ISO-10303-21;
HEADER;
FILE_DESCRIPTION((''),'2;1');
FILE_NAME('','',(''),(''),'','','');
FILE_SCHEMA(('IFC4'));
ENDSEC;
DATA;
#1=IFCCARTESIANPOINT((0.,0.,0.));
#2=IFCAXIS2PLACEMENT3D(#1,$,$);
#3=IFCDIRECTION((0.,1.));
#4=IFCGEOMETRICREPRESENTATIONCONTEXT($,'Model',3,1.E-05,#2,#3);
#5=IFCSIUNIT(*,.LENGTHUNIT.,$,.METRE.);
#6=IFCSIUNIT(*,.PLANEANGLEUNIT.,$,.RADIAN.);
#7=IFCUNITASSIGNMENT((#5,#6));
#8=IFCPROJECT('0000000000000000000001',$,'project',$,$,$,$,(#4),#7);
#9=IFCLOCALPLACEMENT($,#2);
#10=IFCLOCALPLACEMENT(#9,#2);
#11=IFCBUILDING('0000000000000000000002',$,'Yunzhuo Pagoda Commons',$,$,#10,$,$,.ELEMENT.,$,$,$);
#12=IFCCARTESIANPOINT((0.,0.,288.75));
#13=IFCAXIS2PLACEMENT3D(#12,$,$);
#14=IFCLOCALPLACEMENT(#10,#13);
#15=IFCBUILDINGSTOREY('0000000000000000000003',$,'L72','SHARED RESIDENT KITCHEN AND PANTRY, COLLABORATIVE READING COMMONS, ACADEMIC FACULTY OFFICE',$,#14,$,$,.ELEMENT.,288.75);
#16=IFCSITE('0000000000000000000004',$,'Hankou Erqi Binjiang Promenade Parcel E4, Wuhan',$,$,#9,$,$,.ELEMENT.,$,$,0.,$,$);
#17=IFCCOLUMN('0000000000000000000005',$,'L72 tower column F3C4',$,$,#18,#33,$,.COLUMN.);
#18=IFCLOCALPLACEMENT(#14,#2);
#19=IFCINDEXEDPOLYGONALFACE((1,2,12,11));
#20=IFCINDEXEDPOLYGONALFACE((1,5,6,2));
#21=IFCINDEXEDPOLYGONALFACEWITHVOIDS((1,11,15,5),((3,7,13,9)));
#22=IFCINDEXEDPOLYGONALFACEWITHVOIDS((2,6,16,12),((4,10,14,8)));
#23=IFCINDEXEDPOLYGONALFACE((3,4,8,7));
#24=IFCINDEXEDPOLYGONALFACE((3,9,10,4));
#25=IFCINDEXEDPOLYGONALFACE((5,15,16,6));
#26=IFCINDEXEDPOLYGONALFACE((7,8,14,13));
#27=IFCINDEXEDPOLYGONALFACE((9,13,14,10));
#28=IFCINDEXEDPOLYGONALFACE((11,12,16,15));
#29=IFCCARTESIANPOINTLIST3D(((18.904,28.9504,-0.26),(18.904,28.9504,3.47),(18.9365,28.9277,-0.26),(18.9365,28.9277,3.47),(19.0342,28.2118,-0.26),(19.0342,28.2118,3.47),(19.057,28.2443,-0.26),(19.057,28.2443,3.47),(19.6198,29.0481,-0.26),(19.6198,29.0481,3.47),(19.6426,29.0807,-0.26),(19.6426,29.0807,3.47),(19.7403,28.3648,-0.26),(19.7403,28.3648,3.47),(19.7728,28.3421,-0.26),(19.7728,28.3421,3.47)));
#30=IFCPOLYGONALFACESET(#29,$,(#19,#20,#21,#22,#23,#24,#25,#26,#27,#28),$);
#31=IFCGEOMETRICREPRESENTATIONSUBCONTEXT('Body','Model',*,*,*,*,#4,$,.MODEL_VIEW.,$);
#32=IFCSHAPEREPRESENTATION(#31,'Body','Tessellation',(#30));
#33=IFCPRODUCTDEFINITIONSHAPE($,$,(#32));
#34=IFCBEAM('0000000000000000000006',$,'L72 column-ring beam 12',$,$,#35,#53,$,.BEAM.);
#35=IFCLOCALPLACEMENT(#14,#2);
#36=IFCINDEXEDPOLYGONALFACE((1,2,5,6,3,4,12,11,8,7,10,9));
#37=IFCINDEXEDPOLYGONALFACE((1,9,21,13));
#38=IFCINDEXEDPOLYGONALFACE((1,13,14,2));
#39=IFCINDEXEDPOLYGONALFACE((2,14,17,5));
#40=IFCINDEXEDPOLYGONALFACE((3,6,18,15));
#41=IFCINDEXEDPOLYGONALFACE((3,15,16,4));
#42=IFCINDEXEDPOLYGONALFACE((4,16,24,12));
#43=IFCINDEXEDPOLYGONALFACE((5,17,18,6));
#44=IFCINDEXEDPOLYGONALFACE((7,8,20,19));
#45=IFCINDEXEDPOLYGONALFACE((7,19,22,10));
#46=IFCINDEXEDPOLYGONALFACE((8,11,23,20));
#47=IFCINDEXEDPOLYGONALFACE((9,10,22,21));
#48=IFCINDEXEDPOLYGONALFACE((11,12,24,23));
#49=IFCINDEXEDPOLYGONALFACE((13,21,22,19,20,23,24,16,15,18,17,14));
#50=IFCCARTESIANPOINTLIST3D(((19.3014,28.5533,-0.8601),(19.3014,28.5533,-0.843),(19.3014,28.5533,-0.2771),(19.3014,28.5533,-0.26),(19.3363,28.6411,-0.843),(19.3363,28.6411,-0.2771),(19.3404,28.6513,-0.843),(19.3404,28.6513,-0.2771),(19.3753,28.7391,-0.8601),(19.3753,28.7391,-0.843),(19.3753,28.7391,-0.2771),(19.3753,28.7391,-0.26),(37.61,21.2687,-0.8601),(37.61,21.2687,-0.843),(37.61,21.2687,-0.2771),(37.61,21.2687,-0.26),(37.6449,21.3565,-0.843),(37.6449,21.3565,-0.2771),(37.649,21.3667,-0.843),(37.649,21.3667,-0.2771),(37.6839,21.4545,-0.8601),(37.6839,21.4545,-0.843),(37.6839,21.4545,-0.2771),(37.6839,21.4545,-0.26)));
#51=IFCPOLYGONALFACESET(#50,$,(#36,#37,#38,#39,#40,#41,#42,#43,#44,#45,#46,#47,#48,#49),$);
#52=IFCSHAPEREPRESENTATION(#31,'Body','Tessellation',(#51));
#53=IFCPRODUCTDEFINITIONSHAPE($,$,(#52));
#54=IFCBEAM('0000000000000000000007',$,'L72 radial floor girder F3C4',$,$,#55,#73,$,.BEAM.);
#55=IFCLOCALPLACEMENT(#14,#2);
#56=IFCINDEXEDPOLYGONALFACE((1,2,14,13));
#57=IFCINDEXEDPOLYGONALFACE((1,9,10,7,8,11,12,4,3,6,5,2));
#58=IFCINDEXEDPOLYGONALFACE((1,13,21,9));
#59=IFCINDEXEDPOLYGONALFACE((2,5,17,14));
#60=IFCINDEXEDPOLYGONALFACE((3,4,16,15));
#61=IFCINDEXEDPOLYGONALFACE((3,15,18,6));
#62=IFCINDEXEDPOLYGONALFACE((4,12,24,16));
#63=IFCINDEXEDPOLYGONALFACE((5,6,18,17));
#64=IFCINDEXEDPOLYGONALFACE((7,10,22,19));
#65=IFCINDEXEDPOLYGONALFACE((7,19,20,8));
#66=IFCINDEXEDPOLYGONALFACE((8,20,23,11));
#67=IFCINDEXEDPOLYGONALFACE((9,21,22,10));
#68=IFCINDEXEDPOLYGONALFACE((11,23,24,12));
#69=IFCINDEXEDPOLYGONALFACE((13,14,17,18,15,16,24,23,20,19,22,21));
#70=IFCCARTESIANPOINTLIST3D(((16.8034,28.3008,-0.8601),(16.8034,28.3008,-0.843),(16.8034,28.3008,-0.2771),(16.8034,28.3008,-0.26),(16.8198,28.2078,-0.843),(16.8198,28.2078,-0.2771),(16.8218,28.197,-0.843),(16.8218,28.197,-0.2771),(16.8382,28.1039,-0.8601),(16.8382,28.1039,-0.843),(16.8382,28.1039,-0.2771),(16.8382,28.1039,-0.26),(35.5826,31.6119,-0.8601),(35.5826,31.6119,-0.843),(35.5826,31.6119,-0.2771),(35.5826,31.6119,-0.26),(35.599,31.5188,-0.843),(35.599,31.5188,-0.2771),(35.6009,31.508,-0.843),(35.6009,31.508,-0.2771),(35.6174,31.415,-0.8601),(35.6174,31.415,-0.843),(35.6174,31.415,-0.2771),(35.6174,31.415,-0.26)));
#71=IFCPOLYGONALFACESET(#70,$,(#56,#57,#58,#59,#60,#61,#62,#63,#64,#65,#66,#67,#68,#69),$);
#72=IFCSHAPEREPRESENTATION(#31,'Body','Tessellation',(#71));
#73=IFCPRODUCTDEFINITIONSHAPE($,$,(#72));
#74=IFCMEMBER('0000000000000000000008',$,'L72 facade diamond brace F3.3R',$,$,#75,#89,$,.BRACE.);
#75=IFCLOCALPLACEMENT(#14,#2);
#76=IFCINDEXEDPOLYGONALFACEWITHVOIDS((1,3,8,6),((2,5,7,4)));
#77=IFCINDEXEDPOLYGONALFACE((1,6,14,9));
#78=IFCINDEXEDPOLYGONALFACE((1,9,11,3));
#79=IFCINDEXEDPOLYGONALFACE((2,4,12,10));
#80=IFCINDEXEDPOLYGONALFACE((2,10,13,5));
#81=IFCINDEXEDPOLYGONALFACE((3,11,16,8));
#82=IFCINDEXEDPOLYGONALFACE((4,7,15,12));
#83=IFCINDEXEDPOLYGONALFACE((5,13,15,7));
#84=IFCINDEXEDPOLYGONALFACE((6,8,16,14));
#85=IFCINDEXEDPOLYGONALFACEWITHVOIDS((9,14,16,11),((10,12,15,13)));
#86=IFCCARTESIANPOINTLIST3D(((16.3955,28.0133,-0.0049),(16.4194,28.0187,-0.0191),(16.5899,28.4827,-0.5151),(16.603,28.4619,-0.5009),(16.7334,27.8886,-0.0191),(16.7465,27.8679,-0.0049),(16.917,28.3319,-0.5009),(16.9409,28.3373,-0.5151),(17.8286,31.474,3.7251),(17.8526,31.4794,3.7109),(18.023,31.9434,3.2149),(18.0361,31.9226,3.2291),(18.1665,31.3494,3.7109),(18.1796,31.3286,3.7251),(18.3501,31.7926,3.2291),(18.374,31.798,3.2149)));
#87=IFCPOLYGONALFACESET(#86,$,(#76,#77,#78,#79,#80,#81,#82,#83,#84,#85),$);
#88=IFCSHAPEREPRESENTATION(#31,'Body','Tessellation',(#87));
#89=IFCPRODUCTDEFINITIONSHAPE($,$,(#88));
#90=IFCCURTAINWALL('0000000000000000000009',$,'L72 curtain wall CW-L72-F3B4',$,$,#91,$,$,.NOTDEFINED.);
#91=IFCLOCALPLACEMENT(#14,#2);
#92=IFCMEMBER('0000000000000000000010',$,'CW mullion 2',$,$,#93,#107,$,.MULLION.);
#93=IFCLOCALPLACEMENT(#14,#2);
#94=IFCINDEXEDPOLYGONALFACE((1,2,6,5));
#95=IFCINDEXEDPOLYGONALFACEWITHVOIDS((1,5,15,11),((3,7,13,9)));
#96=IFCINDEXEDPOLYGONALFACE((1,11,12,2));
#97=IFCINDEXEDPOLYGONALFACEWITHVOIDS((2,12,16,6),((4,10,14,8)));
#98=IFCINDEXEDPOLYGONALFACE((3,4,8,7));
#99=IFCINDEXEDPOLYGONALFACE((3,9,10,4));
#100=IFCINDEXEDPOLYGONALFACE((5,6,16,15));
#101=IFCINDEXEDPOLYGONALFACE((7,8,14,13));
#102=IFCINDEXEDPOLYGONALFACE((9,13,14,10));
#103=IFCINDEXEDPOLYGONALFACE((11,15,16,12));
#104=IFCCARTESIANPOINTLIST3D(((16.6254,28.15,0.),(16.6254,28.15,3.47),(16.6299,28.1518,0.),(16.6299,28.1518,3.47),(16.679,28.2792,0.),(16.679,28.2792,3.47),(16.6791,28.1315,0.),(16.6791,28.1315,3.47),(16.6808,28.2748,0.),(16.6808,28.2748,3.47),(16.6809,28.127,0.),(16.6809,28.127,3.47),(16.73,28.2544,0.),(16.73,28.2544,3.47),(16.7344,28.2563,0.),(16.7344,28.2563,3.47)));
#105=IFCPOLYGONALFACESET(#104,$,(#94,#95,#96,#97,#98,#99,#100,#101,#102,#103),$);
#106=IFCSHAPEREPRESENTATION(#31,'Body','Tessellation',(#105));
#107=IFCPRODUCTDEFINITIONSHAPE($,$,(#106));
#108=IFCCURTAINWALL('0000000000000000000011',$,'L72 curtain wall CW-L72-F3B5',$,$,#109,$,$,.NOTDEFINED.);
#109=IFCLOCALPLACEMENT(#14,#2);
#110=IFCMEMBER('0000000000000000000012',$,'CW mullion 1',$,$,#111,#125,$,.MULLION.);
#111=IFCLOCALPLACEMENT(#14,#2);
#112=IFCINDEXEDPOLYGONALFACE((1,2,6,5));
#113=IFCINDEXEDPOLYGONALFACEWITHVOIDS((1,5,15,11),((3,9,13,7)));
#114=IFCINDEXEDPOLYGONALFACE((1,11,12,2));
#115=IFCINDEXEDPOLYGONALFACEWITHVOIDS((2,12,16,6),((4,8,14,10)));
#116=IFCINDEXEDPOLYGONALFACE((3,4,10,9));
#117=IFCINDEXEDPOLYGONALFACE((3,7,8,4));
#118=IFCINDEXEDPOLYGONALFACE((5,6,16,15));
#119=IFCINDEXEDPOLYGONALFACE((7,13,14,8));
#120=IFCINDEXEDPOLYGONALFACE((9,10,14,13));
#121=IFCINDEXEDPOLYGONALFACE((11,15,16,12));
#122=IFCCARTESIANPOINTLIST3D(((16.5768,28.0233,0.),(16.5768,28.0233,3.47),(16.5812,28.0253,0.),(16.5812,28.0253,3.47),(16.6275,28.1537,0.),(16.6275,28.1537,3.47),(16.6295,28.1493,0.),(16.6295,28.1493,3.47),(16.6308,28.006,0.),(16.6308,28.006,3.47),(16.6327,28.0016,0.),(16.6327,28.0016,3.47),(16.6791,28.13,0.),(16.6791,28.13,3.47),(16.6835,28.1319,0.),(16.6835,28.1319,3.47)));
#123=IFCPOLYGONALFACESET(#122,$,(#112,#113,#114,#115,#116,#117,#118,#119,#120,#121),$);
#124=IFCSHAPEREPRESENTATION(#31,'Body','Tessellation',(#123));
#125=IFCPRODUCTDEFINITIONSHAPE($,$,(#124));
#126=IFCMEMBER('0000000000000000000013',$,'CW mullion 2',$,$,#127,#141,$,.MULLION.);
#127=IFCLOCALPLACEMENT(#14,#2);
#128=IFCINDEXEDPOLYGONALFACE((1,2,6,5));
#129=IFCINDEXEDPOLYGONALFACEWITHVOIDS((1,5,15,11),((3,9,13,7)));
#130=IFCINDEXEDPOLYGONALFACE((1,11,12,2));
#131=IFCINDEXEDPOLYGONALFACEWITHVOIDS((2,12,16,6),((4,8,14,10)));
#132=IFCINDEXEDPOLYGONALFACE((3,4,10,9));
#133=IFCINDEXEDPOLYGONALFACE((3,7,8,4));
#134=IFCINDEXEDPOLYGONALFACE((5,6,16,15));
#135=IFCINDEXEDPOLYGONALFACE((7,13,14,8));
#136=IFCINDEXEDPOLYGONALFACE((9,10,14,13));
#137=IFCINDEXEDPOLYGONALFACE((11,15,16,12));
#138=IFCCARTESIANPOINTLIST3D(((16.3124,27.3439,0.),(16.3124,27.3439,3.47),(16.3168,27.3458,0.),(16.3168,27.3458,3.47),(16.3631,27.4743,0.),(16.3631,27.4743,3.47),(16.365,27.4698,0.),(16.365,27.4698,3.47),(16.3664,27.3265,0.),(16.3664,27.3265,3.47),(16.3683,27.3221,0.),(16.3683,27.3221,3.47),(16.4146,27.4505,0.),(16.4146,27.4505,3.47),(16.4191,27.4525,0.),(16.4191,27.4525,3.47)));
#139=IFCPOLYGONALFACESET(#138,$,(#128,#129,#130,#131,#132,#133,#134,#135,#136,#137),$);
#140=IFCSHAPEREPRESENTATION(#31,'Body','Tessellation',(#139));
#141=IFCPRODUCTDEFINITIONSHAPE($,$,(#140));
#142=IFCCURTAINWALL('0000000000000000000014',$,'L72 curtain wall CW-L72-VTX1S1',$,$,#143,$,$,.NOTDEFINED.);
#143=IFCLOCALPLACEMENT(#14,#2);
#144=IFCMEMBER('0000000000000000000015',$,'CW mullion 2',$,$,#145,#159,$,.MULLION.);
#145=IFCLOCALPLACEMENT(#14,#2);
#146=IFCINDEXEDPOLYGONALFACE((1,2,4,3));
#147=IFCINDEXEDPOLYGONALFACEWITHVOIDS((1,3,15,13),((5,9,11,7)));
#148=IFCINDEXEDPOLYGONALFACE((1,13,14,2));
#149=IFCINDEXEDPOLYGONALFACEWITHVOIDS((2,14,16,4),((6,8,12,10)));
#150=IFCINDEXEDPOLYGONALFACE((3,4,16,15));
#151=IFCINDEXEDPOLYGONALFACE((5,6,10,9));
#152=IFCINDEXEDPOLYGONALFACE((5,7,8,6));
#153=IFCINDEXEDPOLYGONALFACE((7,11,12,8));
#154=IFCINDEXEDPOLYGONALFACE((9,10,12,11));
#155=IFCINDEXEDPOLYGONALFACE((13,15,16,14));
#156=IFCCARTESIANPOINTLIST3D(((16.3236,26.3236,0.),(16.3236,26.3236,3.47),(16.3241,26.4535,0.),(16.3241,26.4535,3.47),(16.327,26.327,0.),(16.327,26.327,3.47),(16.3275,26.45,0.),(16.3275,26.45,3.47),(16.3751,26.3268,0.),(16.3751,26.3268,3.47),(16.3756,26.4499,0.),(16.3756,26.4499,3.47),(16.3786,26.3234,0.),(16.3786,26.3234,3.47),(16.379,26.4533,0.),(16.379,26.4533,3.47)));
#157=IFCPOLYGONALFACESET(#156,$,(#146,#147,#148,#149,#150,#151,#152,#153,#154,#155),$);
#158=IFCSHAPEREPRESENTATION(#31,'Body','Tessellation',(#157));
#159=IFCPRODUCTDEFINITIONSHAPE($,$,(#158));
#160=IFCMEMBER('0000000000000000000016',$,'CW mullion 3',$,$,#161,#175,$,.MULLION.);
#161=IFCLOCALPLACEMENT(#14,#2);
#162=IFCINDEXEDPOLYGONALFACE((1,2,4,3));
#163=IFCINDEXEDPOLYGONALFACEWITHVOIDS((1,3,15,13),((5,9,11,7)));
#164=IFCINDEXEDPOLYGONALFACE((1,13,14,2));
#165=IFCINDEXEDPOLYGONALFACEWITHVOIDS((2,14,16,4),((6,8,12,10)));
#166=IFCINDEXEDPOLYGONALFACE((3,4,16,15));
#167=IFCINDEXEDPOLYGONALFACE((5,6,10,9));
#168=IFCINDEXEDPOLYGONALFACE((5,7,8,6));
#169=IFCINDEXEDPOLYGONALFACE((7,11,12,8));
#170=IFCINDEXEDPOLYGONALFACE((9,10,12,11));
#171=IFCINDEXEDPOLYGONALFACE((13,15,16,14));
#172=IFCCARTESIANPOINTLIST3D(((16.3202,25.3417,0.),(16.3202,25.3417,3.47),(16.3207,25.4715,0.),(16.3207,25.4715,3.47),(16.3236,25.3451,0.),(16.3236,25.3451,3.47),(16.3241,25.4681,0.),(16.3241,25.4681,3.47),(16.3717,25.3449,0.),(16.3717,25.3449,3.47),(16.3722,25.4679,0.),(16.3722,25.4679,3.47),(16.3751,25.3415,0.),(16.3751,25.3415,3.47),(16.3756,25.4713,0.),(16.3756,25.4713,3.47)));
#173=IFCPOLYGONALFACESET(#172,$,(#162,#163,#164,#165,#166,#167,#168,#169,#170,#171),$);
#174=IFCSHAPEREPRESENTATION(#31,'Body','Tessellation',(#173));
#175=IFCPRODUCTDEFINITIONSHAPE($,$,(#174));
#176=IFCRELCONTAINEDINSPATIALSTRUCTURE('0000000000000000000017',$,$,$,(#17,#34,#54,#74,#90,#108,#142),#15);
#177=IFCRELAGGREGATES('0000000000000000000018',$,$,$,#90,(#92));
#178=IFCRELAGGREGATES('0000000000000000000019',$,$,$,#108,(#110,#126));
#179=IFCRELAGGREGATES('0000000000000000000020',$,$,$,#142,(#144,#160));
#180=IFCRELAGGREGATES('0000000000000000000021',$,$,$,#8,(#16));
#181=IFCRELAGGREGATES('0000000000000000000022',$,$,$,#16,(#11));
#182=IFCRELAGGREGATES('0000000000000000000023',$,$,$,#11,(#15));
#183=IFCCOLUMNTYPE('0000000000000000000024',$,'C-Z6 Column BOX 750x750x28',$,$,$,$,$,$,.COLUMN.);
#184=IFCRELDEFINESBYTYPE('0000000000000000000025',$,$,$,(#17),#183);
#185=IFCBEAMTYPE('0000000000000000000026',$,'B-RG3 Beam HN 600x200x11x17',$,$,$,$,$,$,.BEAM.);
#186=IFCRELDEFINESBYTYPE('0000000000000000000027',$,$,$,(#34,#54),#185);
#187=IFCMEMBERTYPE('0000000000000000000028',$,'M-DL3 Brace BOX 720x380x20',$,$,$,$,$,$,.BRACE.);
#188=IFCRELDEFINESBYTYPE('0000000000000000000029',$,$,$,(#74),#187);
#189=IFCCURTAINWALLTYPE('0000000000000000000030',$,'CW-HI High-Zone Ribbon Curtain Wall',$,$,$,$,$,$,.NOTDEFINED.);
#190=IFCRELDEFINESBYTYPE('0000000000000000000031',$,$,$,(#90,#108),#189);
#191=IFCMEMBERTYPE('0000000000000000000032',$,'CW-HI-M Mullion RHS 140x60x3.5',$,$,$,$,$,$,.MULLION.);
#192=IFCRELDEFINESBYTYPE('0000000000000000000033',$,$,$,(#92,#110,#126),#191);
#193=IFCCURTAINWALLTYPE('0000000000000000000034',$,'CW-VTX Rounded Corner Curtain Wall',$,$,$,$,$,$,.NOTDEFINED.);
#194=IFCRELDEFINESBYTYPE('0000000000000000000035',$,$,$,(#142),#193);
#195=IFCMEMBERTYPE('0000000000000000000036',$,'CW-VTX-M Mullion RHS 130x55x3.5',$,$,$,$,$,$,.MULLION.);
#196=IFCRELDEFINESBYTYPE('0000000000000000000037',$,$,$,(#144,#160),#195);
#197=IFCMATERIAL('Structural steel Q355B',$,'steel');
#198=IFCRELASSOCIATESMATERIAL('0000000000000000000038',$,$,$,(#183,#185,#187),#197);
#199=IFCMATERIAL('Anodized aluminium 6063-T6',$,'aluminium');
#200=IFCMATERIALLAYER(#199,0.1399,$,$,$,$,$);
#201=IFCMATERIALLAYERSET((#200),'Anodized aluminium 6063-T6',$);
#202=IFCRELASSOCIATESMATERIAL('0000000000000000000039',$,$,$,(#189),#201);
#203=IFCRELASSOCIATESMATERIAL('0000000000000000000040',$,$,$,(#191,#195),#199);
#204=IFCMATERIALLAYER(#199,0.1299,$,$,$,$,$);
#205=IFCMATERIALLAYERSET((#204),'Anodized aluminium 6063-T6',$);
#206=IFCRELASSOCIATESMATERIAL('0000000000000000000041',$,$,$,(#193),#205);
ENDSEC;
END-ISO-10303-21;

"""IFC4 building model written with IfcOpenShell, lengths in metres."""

from ifc_helpers import new_model, si_unit, direction, frame, origin, origin_2d, place, context, subcontext, project, spatial, hollow_rectangle, i_section, extrude, source, transform, mapped, material, layer, layer_set, material_profile, profile_set, type_object, element, aggregate, save


model = new_model("IFC4")

# Units and contexts
model_context = context("Model", 3, precision=1e-05, world=origin(), true_north=direction((0.0, 1.0)))
body_context = subcontext(model_context, "Body", "Model", "MODEL_VIEW")
ifc_project = project(units=[si_unit("LENGTHUNIT", "METRE"), si_unit("PLANEANGLEUNIT", "RADIAN")], contexts=[model_context])

# Site, building, storey
site_placement = place(None, origin())
site = spatial("IfcSite", under=ifc_project, at=site_placement, Name="Hankou Erqi Binjiang Promenade Parcel E4, Wuhan", CompositionType="ELEMENT", RefElevation=0.0)
building_placement = place(site_placement, origin())
building = spatial("IfcBuilding", under=site, at=building_placement, Name="Yunzhuo Pagoda Commons", CompositionType="ELEMENT")
storey_placement = place(building_placement, frame((0.0, 0.0, 288.75)))
storey = spatial("IfcBuildingStorey", under=building, at=storey_placement, Name="L72", Description="SHARED RESIDENT KITCHEN AND PANTRY, COLLABORATIVE READING COMMONS, ACADEMIC FACULTY OFFICE", CompositionType="ELEMENT", Elevation=288.75)

# Column
ifc_material_1 = material(Name="Structural steel Q355B", Category="steel")
ifc_material_profile_1 = material_profile(ifc_material_1, hollow_rectangle(XDim=0.75, YDim=0.75, WallThickness=0.0281, at=origin_2d()), Name="Structural steel Q355B")
ifc_profile_set_1 = profile_set([ifc_material_profile_1], Name="Structural steel Q355B")
column_type = type_object("IfcColumnType", Name="C-Z6 Column BOX 750x750x28", PredefinedType="COLUMN", material=ifc_profile_set_1)
shared_shape_1 = source(origin(), body_context, "Body", "SweptSolid", [
    extrude(hollow_rectangle(XDim=0.75, YDim=0.75, WallThickness=0.0281, at=origin_2d()), origin(), (0.0, 0.0, 1.0), 3.73),
])
column_placement = place(storey_placement, frame((19.3384, 28.6462, -0.26), z_axis=(0.0, 0.0, 1.0), x_axis=(0.173648, -0.984808, 0.0)))
element("IfcColumn", 1, at=column_placement, inside=storey, type_object=column_type, Name="L72 tower column F3C4", PredefinedType="COLUMN", context=body_context, shape_type="MappedRepresentation", body=[
    mapped(shared_shape_1, transform((0.0, 0.0, 0.0), scale=1.0)),
])

# Beams
ifc_material_profile_2 = material_profile(ifc_material_1, i_section(OverallWidth=0.2, OverallDepth=0.6001, WebThickness=0.011, FlangeThickness=0.0171, at=origin_2d()), Name="Structural steel Q355B")
ifc_profile_set_2 = profile_set([ifc_material_profile_2], Name="Structural steel Q355B")
beam_type = type_object("IfcBeamType", Name="B-RG3 Beam HN 600x200x11x17", PredefinedType="BEAM", material=ifc_profile_set_2)
shared_shape_2 = source(origin(), body_context, "Body", "SweptSolid", [
    extrude(i_section(OverallWidth=0.2, OverallDepth=0.6001, WebThickness=0.011, FlangeThickness=0.0171, at=origin_2d()), origin(), (0.0, 0.0, 1.0), 19.7046),
])
beam_1_placement = place(storey_placement, frame((19.3384, 28.6462, -0.5601), z_axis=(0.929154, -0.369694, 0.0), x_axis=(0.369694, 0.929154, 0.0)))
element("IfcBeam", 2, at=beam_1_placement, inside=storey, type_object=beam_type, Name="L72 column-ring beam 12", PredefinedType="BEAM", context=body_context, shape_type="MappedRepresentation", body=[
    mapped(shared_shape_2, transform((0.0, 0.0, 0.0), scale=1.0)),
])
shared_shape_3 = source(origin(), body_context, "Body", "SweptSolid", [
    extrude(i_section(OverallWidth=0.2, OverallDepth=0.6001, WebThickness=0.011, FlangeThickness=0.0171, at=origin_2d()), origin(), (0.0, 0.0, 1.0), 19.0688),
])
beam_2_placement = place(storey_placement, frame((16.8208, 28.2024, -0.5601), z_axis=(0.98481, 0.173635, 0.0), x_axis=(-0.173635, 0.98481, 0.0)))
element("IfcBeam", 3, at=beam_2_placement, inside=storey, type_object=beam_type, Name="L72 radial floor girder F3C4", PredefinedType="BEAM", context=body_context, shape_type="MappedRepresentation", body=[
    mapped(shared_shape_3, transform((0.0, 0.0, 0.0), scale=1.0)),
])

# Member
ifc_material_profile_3 = material_profile(ifc_material_1, hollow_rectangle(XDim=0.3799, YDim=0.72, WallThickness=0.02, at=origin_2d()), Name="Structural steel Q355B")
ifc_profile_set_3 = profile_set([ifc_material_profile_3], Name="Structural steel Q355B")
member_type_1 = type_object("IfcMemberType", Name="M-DL3 Brace BOX 720x380x20", PredefinedType="BRACE", material=ifc_profile_set_3)
shared_shape_4 = source(origin(), body_context, "Body", "SweptSolid", [
    extrude(hollow_rectangle(XDim=0.3799, YDim=0.72, WallThickness=0.02, at=origin_2d()), origin(), (0.0, 0.0, 1.0), 5.2861),
])
member_1_placement = place(storey_placement, frame((16.6682, 28.1753, -0.26), z_axis=(0.271108, 0.654677, 0.705619), x_axis=(-0.923914, 0.382601, 0.0)))
element("IfcMember", 4, at=member_1_placement, inside=storey, type_object=member_type_1, Name="L72 facade diamond brace F3.3R", PredefinedType="BRACE", context=body_context, shape_type="MappedRepresentation", body=[
    mapped(shared_shape_4, transform((0.0, 0.0, 0.0), scale=1.0)),
])

# Curtain wall, member
ifc_material_2 = material(Name="Anodized aluminium 6063-T6", Category="aluminium")
ifc_layer_1 = layer(ifc_material_2, 0.1399)
ifc_layer_set_1 = layer_set([ifc_layer_1], Name="Anodized aluminium 6063-T6")
curtain_wall_type_1 = type_object("IfcCurtainWallType", Name="CW-HI High-Zone Ribbon Curtain Wall", PredefinedType="NOTDEFINED", material=ifc_layer_set_1)
curtain_wall_1_placement = place(storey_placement, origin())
curtain_wall_1 = element("IfcCurtainWall", 5, at=curtain_wall_1_placement, inside=storey, type_object=curtain_wall_type_1, Name="L72 curtain wall CW-L72-F3B4", PredefinedType="NOTDEFINED")
ifc_material_profile_4 = material_profile(ifc_material_2, hollow_rectangle(XDim=0.0601, YDim=0.1399, WallThickness=0.0034, at=origin_2d()), Name="Anodized aluminium 6063-T6")
ifc_profile_set_4 = profile_set([ifc_material_profile_4], Name="Anodized aluminium 6063-T6")
member_type_2 = type_object("IfcMemberType", Name="CW-HI-M Mullion RHS 140x60x3.5", PredefinedType="MULLION", material=ifc_profile_set_4)
shared_shape_5 = source(origin(), body_context, "Body", "SweptSolid", [
    extrude(hollow_rectangle(XDim=0.0601, YDim=0.1399, WallThickness=0.0034, at=origin_2d()), origin(), (0.0, 0.0, 1.0), 3.47),
])
member_2_placement = place(storey_placement, frame((16.6799, 28.2031, 0.0), z_axis=(0.0, 0.0, 1.0), x_axis=(0.923899, -0.382636, 0.0)))
member_2 = element("IfcMember", 6, at=member_2_placement, type_object=member_type_2, Name="CW mullion 2", PredefinedType="MULLION", context=body_context, shape_type="MappedRepresentation", body=[
    mapped(shared_shape_5, transform((0.0, 0.0, 0.0), scale=1.0)),
])

# Curtain walls, members
curtain_wall_2_placement = place(storey_placement, origin())
curtain_wall_2 = element("IfcCurtainWall", 7, at=curtain_wall_2_placement, inside=storey, type_object=curtain_wall_type_1, Name="L72 curtain wall CW-L72-F3B5", PredefinedType="NOTDEFINED")
member_3_placement = place(storey_placement, frame((16.6301, 28.0776, 0.0), z_axis=(0.0, 0.0, 1.0), x_axis=(0.931924, -0.362654, 0.0)))
member_3 = element("IfcMember", 8, at=member_3_placement, type_object=member_type_2, Name="CW mullion 1", PredefinedType="MULLION", context=body_context, shape_type="MappedRepresentation", body=[
    mapped(shared_shape_5, transform((0.0, 0.0, 0.0), scale=1.0)),
])
member_4_placement = place(storey_placement, frame((16.3657, 27.3982, 0.0), z_axis=(0.0, 0.0, 1.0), x_axis=(0.931924, -0.362654, 0.0)))
member_4 = element("IfcMember", 9, at=member_4_placement, type_object=member_type_2, Name="CW mullion 2", PredefinedType="MULLION", context=body_context, shape_type="MappedRepresentation", body=[
    mapped(shared_shape_5, transform((0.0, 0.0, 0.0), scale=1.0)),
])
ifc_layer_2 = layer(ifc_material_2, 0.1299)
ifc_layer_set_2 = layer_set([ifc_layer_2], Name="Anodized aluminium 6063-T6")
curtain_wall_type_2 = type_object("IfcCurtainWallType", Name="CW-VTX Rounded Corner Curtain Wall", PredefinedType="NOTDEFINED", material=ifc_layer_set_2)
curtain_wall_3_placement = place(storey_placement, origin())
curtain_wall_3 = element("IfcCurtainWall", 10, at=curtain_wall_3_placement, inside=storey, type_object=curtain_wall_type_2, Name="L72 curtain wall CW-L72-VTX1S1", PredefinedType="NOTDEFINED")
ifc_material_profile_5 = material_profile(ifc_material_2, hollow_rectangle(XDim=0.0549, YDim=0.1299, WallThickness=0.0034, at=origin_2d()), Name="Anodized aluminium 6063-T6")
ifc_profile_set_5 = profile_set([ifc_material_profile_5], Name="Anodized aluminium 6063-T6")
member_type_3 = type_object("IfcMemberType", Name="CW-VTX-M Mullion RHS 130x55x3.5", PredefinedType="MULLION", material=ifc_profile_set_5)
shared_shape_6 = source(origin(), body_context, "Body", "SweptSolid", [
    extrude(hollow_rectangle(XDim=0.0549, YDim=0.1299, WallThickness=0.0034, at=origin_2d()), origin(), (0.0, 0.0, 1.0), 3.47),
])
member_5_placement = place(storey_placement, frame((16.3513, 26.3884, 0.0), z_axis=(0.0, 0.0, 1.0), x_axis=(0.999994, -0.00359, 0.0)))
member_5 = element("IfcMember", 11, at=member_5_placement, type_object=member_type_3, Name="CW mullion 2", PredefinedType="MULLION", context=body_context, shape_type="MappedRepresentation", body=[
    mapped(shared_shape_6, transform((0.0, 0.0, 0.0), scale=1.0)),
])
member_6_placement = place(storey_placement, frame((16.3479, 25.4065, 0.0), z_axis=(0.0, 0.0, 1.0), x_axis=(0.999994, -0.00359, 0.0)))
member_6 = element("IfcMember", 12, at=member_6_placement, type_object=member_type_3, Name="CW mullion 3", PredefinedType="MULLION", context=body_context, shape_type="MappedRepresentation", body=[
    mapped(shared_shape_6, transform((0.0, 0.0, 0.0), scale=1.0)),
])

aggregate(curtain_wall_1, [member_2])
aggregate(curtain_wall_2, [member_3, member_4])
aggregate(curtain_wall_3, [member_5, member_6])

save(model, "model.ifc")
